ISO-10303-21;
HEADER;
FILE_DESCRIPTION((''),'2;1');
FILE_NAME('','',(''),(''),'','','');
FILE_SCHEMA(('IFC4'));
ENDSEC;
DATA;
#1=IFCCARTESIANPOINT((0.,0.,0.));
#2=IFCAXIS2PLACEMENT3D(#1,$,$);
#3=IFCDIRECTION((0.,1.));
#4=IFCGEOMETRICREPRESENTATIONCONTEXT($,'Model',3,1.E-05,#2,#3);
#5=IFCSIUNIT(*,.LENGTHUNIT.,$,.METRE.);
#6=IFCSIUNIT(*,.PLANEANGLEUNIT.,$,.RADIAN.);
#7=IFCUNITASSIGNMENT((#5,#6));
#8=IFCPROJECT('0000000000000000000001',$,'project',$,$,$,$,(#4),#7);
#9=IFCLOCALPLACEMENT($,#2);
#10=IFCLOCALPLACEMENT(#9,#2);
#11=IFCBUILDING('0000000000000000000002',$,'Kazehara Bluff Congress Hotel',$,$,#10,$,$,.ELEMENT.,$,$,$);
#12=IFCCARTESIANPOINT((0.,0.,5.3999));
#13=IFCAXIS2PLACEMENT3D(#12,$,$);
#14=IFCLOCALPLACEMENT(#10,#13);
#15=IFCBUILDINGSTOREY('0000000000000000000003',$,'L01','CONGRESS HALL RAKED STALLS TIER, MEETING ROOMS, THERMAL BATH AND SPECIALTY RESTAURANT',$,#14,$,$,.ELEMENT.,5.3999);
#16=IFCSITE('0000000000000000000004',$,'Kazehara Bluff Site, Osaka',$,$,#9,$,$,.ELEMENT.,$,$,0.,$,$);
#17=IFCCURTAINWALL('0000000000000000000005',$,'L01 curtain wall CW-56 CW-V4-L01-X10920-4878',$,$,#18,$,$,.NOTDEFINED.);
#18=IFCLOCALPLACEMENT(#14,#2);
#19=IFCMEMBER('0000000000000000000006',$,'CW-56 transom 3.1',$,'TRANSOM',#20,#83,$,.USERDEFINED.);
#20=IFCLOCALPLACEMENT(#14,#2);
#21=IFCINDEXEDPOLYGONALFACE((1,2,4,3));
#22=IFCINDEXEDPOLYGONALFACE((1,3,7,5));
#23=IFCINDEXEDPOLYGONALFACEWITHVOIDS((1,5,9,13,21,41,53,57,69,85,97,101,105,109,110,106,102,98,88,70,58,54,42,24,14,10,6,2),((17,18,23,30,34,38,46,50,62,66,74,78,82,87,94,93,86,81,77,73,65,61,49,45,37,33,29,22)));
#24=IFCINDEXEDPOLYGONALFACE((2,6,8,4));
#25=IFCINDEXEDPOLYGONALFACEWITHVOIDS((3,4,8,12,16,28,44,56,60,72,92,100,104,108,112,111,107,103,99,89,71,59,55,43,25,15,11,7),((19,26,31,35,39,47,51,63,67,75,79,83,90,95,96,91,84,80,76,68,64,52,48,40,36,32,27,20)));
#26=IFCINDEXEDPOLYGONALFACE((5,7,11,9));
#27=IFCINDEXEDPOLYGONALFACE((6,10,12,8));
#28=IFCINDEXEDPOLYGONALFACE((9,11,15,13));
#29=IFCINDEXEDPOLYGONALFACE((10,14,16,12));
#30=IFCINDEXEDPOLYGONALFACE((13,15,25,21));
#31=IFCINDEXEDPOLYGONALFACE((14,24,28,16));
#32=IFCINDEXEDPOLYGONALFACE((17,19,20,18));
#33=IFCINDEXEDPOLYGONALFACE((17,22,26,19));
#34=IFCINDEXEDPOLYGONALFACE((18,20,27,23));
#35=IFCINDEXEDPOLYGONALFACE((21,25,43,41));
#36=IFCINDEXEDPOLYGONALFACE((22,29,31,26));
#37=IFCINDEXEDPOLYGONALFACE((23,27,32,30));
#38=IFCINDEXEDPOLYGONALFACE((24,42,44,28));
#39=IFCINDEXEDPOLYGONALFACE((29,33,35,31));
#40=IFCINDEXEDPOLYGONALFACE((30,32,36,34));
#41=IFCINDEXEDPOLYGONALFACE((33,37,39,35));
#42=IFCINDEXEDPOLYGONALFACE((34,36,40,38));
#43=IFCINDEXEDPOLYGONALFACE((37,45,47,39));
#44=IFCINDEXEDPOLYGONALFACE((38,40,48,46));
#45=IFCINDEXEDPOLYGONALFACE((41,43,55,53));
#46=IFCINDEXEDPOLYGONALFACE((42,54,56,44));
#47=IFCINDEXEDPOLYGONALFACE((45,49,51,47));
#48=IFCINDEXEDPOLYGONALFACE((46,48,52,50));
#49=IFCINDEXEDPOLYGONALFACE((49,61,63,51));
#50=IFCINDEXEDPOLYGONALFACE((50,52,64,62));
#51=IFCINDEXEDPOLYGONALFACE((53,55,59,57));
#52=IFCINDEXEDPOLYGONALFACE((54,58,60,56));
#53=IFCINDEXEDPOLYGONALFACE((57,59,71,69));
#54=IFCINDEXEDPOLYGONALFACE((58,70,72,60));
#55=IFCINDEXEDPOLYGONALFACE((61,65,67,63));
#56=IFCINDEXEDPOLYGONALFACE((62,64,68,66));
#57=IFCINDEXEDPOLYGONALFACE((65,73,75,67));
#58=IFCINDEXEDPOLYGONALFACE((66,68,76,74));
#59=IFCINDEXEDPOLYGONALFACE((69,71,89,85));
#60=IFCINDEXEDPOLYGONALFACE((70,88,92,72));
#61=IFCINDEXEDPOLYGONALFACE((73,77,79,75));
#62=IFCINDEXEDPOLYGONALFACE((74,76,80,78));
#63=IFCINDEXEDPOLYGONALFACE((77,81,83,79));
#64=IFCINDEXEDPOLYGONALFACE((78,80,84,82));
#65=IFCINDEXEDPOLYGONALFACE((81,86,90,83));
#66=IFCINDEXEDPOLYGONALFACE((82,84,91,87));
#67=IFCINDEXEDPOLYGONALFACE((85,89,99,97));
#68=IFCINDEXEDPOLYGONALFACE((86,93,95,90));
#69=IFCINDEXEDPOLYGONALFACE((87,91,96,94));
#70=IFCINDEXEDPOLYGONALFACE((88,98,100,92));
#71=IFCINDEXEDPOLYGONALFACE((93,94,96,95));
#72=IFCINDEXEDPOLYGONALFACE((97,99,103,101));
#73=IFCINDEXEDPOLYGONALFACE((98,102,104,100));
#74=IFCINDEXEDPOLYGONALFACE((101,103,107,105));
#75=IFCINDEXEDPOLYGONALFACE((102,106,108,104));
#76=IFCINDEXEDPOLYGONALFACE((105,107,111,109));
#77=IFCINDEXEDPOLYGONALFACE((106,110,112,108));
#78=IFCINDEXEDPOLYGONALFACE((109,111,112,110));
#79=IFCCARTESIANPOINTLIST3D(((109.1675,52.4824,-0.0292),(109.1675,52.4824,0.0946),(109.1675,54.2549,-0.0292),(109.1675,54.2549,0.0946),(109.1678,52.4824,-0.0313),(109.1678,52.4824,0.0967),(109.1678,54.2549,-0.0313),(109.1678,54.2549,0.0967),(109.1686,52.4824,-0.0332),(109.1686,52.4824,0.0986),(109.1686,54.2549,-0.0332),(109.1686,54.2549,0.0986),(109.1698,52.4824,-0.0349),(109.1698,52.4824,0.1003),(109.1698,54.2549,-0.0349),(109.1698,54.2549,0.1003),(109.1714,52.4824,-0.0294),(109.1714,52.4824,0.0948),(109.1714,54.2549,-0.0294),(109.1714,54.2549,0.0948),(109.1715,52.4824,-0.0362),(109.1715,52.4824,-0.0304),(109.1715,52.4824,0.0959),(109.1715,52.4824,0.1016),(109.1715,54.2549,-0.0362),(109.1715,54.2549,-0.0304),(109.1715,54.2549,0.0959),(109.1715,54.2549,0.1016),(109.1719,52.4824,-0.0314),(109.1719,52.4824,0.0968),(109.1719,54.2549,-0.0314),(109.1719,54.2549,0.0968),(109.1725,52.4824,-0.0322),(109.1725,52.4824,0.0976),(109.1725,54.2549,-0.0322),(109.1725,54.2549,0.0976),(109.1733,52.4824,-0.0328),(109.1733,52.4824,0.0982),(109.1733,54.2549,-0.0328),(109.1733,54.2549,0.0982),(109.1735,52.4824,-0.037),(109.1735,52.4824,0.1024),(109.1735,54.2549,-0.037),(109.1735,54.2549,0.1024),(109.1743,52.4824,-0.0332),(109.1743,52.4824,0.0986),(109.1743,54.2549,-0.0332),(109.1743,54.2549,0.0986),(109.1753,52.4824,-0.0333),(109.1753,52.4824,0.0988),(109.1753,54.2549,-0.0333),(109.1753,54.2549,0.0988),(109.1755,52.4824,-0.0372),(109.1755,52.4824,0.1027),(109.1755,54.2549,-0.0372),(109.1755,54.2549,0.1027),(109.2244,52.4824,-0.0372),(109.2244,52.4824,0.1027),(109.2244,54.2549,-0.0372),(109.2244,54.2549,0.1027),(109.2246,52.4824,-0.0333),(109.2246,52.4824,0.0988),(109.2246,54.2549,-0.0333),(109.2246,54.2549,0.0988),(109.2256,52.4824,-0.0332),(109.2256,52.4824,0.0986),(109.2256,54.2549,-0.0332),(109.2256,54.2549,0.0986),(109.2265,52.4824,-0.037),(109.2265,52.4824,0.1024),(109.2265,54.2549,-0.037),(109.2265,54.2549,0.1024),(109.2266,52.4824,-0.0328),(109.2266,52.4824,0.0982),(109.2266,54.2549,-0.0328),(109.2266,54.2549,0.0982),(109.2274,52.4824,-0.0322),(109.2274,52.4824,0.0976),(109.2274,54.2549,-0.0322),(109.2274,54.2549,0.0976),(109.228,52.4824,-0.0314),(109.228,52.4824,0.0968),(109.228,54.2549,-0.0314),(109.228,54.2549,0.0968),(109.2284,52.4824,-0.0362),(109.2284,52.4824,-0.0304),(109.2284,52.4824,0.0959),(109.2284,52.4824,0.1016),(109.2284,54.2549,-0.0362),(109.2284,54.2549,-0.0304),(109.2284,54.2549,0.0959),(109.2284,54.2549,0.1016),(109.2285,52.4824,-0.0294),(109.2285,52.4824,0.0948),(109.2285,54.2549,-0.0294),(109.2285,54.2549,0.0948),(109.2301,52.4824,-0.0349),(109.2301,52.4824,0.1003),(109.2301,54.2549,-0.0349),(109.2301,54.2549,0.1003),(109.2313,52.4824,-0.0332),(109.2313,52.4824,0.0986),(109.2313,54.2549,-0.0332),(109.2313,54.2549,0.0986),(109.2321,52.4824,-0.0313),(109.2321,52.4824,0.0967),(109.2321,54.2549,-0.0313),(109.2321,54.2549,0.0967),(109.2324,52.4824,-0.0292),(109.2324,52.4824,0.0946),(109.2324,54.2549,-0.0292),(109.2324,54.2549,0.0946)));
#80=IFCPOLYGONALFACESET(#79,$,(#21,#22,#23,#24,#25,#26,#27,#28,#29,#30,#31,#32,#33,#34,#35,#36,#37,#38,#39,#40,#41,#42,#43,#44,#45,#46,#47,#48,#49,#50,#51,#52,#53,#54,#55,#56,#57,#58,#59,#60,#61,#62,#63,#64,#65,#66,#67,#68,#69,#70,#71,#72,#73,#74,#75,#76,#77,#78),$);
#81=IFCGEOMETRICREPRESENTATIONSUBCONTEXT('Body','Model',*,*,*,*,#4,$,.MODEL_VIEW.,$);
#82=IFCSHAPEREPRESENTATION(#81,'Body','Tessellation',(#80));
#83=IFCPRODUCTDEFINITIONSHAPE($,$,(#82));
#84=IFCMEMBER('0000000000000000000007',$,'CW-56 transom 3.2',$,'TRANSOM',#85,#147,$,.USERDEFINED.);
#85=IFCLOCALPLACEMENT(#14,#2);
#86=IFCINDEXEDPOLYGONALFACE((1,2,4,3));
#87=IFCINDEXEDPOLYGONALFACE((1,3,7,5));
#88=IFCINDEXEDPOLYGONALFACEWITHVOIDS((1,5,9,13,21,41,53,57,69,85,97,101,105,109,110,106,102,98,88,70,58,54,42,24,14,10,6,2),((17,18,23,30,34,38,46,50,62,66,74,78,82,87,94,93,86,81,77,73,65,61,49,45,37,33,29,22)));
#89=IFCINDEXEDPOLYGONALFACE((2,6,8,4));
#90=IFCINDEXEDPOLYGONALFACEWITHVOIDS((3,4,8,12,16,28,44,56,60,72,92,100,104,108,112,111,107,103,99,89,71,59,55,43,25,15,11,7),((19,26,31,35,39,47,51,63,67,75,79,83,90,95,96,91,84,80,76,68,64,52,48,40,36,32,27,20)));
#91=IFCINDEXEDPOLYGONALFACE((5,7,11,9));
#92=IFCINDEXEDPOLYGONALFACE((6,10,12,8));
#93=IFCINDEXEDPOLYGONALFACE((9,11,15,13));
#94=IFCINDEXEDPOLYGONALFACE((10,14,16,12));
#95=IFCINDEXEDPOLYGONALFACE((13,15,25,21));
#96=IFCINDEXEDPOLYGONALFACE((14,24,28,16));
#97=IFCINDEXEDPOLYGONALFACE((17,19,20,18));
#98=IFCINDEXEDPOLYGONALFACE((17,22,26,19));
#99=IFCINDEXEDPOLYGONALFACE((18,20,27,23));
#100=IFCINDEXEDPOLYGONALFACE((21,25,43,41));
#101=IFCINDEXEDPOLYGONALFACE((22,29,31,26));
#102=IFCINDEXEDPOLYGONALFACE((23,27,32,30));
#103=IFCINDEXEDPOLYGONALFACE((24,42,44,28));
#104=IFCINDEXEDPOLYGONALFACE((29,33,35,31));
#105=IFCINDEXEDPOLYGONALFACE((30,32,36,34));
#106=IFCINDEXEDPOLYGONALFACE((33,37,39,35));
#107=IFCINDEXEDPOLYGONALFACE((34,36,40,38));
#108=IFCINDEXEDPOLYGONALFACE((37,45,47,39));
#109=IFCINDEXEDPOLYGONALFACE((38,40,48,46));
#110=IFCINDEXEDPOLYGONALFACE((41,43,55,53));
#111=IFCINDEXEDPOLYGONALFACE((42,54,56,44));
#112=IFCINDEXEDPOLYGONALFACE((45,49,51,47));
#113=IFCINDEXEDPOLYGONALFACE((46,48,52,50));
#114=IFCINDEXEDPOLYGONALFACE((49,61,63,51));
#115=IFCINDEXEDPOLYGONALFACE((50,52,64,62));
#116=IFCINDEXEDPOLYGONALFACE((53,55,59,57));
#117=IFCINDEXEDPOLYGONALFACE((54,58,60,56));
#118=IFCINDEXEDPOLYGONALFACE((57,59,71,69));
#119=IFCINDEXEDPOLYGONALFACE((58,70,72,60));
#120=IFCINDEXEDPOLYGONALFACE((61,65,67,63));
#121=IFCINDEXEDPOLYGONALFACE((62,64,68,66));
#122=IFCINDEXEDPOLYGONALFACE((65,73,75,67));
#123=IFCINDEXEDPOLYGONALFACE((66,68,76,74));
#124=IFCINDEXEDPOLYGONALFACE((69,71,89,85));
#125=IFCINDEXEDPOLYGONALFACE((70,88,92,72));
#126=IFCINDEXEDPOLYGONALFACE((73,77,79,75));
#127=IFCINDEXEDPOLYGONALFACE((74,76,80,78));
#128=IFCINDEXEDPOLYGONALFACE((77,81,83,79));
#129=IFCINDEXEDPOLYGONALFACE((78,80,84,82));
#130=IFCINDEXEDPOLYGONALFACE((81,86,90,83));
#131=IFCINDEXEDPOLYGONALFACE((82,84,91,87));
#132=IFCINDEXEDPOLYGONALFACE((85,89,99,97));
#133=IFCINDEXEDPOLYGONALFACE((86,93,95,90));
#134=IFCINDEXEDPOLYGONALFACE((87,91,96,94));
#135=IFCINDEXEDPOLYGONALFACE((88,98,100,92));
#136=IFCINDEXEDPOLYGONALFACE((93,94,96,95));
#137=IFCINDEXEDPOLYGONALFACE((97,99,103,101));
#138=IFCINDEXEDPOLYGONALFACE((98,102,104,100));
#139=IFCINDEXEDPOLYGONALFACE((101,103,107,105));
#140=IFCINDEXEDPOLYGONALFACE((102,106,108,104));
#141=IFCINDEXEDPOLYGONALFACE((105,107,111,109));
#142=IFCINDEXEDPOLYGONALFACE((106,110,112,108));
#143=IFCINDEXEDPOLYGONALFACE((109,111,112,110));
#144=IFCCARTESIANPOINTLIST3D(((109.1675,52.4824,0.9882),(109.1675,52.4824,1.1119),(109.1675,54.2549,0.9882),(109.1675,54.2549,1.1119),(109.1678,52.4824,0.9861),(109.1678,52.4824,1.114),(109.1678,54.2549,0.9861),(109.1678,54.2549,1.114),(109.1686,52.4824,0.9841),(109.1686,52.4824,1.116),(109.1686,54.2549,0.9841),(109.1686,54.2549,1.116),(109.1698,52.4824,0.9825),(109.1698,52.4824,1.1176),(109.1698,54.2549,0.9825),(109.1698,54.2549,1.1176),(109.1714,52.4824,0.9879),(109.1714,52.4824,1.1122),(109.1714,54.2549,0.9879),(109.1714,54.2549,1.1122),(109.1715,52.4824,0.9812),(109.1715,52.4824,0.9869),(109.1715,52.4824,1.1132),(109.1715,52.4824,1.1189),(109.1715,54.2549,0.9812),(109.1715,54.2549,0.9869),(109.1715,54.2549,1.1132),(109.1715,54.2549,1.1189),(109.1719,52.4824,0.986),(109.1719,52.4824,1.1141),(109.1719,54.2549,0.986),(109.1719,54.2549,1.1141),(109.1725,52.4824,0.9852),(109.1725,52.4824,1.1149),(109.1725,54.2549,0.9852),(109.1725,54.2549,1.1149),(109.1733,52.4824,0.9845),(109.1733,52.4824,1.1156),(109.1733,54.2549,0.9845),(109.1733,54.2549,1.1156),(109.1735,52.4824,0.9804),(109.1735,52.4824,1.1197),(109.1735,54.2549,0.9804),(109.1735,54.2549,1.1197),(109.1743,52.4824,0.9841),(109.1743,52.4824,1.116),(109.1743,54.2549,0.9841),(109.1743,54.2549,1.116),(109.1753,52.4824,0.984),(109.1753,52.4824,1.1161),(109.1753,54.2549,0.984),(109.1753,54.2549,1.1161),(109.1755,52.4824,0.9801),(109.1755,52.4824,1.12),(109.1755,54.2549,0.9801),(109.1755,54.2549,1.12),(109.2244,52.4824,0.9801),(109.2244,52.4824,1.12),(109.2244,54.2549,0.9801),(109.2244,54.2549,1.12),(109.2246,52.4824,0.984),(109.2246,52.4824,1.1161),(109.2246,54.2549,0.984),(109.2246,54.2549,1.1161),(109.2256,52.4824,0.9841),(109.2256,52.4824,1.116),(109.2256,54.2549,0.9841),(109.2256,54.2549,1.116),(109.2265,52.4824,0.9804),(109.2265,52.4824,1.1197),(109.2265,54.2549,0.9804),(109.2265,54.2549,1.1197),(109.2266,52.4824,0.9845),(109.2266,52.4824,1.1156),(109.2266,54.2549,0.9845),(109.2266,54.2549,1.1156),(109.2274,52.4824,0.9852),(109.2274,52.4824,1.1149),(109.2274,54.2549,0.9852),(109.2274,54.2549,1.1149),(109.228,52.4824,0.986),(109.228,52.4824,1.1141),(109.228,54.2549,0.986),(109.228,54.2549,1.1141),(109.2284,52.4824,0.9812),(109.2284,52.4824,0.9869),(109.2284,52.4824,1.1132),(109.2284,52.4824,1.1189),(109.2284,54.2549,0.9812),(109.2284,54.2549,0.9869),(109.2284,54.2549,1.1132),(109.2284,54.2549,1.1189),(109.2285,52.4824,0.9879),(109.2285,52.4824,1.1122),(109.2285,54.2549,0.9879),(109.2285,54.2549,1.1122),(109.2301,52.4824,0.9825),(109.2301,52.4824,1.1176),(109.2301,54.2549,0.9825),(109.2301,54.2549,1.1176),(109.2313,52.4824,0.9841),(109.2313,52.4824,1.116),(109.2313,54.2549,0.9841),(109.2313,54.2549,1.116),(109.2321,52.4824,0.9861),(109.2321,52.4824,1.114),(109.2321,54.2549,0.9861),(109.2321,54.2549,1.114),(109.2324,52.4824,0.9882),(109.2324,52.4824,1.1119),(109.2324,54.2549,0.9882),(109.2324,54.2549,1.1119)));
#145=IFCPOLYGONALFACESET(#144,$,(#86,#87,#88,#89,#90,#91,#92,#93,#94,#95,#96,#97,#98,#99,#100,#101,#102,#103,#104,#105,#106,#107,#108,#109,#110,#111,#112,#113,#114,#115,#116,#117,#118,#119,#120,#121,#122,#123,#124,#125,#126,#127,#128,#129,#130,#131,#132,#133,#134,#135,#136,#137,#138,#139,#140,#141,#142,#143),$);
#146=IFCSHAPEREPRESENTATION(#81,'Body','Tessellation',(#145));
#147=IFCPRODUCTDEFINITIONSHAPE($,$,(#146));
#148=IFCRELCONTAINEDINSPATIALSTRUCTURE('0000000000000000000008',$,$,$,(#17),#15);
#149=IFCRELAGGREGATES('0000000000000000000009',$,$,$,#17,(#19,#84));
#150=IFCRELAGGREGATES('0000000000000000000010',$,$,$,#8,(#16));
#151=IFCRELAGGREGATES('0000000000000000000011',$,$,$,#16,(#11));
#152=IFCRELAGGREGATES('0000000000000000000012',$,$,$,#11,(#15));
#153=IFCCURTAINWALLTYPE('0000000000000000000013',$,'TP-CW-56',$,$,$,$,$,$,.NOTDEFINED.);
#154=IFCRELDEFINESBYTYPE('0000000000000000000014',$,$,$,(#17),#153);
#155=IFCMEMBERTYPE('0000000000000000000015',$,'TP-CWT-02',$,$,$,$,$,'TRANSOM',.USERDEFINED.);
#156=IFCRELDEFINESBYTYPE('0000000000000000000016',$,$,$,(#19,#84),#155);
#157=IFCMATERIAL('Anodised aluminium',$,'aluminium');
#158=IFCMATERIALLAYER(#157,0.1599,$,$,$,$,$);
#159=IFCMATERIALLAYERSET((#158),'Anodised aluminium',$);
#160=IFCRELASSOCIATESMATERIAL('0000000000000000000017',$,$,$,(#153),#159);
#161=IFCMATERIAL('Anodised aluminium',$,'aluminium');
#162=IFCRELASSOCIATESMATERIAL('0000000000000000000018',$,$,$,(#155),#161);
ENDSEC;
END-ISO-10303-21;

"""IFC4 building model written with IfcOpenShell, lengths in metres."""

from ifc_helpers import new_model, si_unit, direction, frame, origin, origin_2d, place, context, subcontext, project, spatial, hollow_rectangle, extrude, material, layer, layer_set, material_profile, profile_set, type_object, element, aggregate, save


model = new_model("IFC4")

# Units and contexts
model_context = context("Model", 3, precision=1e-05, world=origin(), true_north=direction((0.0, 1.0)))
body_context = subcontext(model_context, "Body", "Model", "MODEL_VIEW")
ifc_project = project(units=[si_unit("LENGTHUNIT", "METRE"), si_unit("PLANEANGLEUNIT", "RADIAN")], contexts=[model_context])

# Site, building, storey
site_placement = place(None, origin())
site = spatial("IfcSite", under=ifc_project, at=site_placement, Name="Kazehara Bluff Site, Osaka", CompositionType="ELEMENT", RefElevation=0.0)
building_placement = place(site_placement, origin())
building = spatial("IfcBuilding", under=site, at=building_placement, Name="Kazehara Bluff Congress Hotel", CompositionType="ELEMENT")
storey_placement = place(building_placement, frame((0.0, 0.0, 5.3999)))
storey = spatial("IfcBuildingStorey", under=building, at=storey_placement, Name="L01", Description="CONGRESS HALL RAKED STALLS TIER, MEETING ROOMS, THERMAL BATH AND SPECIALTY RESTAURANT", CompositionType="ELEMENT", Elevation=5.3999)

# Curtain wall, members
ifc_material_1 = material(Name="Anodised aluminium", Category="aluminium")
ifc_layer_1 = layer(ifc_material_1, 0.1599)
ifc_layer_set_1 = layer_set([ifc_layer_1], Name="Anodised aluminium")
curtain_wall_type = type_object("IfcCurtainWallType", Name="TP-CW-56", PredefinedType="NOTDEFINED", material=ifc_layer_set_1)
curtain_wall_placement = place(storey_placement, origin())
curtain_wall = element("IfcCurtainWall", 1, at=curtain_wall_placement, inside=storey, type_object=curtain_wall_type, Name="L01 curtain wall CW-56 CW-V4-L01-X10920-4878", PredefinedType="NOTDEFINED")
ifc_material_2 = material(Name="Anodised aluminium", Category="aluminium")
ifc_material_profile_1 = material_profile(ifc_material_2, hollow_rectangle(XDim=0.0649, YDim=0.1399, WallThickness=0.0039, InnerFilletRadius=0.0039, OuterFilletRadius=0.0081, at=origin_2d()))
ifc_profile_set_1 = profile_set([ifc_material_profile_1], Name="Anodised aluminium")
member_type_1 = type_object("IfcMemberType", Name="TP-CWT-02", ElementType="TRANSOM", PredefinedType="USERDEFINED", material=ifc_profile_set_1)
member_1_placement = place(storey_placement, frame((109.2, 52.4824, 0.0327), z_axis=(0.0, 1.0, 0.0), x_axis=(-1.0, 0.0, 0.0)))
member_1 = element("IfcMember", 2, at=member_1_placement, type_object=member_type_1, Name="CW-56 transom 3.1", ObjectType="TRANSOM", PredefinedType="USERDEFINED", context=body_context, shape_type="SweptSolid", body=[
    extrude(hollow_rectangle(XDim=0.0649, YDim=0.1399, WallThickness=0.0039, InnerFilletRadius=0.0039, OuterFilletRadius=0.0081, at=origin_2d()), origin(), (0.0, 0.0, 1.0), 1.7725),
])
member_2_placement = place(storey_placement, frame((109.2, 52.4824, 1.05), z_axis=(0.0, 1.0, 0.0), x_axis=(-1.0, 0.0, 0.0)))
member_2 = element("IfcMember", 3, at=member_2_placement, type_object=member_type_1, Name="CW-56 transom 3.2", ObjectType="TRANSOM", PredefinedType="USERDEFINED", context=body_context, shape_type="SweptSolid", body=[
    extrude(hollow_rectangle(XDim=0.0649, YDim=0.1399, WallThickness=0.0039, InnerFilletRadius=0.0039, OuterFilletRadius=0.0081, at=origin_2d()), origin(), (0.0, 0.0, 1.0), 1.7725),
])

aggregate(curtain_wall, [member_1, member_2])

save(model, "model.ifc")
